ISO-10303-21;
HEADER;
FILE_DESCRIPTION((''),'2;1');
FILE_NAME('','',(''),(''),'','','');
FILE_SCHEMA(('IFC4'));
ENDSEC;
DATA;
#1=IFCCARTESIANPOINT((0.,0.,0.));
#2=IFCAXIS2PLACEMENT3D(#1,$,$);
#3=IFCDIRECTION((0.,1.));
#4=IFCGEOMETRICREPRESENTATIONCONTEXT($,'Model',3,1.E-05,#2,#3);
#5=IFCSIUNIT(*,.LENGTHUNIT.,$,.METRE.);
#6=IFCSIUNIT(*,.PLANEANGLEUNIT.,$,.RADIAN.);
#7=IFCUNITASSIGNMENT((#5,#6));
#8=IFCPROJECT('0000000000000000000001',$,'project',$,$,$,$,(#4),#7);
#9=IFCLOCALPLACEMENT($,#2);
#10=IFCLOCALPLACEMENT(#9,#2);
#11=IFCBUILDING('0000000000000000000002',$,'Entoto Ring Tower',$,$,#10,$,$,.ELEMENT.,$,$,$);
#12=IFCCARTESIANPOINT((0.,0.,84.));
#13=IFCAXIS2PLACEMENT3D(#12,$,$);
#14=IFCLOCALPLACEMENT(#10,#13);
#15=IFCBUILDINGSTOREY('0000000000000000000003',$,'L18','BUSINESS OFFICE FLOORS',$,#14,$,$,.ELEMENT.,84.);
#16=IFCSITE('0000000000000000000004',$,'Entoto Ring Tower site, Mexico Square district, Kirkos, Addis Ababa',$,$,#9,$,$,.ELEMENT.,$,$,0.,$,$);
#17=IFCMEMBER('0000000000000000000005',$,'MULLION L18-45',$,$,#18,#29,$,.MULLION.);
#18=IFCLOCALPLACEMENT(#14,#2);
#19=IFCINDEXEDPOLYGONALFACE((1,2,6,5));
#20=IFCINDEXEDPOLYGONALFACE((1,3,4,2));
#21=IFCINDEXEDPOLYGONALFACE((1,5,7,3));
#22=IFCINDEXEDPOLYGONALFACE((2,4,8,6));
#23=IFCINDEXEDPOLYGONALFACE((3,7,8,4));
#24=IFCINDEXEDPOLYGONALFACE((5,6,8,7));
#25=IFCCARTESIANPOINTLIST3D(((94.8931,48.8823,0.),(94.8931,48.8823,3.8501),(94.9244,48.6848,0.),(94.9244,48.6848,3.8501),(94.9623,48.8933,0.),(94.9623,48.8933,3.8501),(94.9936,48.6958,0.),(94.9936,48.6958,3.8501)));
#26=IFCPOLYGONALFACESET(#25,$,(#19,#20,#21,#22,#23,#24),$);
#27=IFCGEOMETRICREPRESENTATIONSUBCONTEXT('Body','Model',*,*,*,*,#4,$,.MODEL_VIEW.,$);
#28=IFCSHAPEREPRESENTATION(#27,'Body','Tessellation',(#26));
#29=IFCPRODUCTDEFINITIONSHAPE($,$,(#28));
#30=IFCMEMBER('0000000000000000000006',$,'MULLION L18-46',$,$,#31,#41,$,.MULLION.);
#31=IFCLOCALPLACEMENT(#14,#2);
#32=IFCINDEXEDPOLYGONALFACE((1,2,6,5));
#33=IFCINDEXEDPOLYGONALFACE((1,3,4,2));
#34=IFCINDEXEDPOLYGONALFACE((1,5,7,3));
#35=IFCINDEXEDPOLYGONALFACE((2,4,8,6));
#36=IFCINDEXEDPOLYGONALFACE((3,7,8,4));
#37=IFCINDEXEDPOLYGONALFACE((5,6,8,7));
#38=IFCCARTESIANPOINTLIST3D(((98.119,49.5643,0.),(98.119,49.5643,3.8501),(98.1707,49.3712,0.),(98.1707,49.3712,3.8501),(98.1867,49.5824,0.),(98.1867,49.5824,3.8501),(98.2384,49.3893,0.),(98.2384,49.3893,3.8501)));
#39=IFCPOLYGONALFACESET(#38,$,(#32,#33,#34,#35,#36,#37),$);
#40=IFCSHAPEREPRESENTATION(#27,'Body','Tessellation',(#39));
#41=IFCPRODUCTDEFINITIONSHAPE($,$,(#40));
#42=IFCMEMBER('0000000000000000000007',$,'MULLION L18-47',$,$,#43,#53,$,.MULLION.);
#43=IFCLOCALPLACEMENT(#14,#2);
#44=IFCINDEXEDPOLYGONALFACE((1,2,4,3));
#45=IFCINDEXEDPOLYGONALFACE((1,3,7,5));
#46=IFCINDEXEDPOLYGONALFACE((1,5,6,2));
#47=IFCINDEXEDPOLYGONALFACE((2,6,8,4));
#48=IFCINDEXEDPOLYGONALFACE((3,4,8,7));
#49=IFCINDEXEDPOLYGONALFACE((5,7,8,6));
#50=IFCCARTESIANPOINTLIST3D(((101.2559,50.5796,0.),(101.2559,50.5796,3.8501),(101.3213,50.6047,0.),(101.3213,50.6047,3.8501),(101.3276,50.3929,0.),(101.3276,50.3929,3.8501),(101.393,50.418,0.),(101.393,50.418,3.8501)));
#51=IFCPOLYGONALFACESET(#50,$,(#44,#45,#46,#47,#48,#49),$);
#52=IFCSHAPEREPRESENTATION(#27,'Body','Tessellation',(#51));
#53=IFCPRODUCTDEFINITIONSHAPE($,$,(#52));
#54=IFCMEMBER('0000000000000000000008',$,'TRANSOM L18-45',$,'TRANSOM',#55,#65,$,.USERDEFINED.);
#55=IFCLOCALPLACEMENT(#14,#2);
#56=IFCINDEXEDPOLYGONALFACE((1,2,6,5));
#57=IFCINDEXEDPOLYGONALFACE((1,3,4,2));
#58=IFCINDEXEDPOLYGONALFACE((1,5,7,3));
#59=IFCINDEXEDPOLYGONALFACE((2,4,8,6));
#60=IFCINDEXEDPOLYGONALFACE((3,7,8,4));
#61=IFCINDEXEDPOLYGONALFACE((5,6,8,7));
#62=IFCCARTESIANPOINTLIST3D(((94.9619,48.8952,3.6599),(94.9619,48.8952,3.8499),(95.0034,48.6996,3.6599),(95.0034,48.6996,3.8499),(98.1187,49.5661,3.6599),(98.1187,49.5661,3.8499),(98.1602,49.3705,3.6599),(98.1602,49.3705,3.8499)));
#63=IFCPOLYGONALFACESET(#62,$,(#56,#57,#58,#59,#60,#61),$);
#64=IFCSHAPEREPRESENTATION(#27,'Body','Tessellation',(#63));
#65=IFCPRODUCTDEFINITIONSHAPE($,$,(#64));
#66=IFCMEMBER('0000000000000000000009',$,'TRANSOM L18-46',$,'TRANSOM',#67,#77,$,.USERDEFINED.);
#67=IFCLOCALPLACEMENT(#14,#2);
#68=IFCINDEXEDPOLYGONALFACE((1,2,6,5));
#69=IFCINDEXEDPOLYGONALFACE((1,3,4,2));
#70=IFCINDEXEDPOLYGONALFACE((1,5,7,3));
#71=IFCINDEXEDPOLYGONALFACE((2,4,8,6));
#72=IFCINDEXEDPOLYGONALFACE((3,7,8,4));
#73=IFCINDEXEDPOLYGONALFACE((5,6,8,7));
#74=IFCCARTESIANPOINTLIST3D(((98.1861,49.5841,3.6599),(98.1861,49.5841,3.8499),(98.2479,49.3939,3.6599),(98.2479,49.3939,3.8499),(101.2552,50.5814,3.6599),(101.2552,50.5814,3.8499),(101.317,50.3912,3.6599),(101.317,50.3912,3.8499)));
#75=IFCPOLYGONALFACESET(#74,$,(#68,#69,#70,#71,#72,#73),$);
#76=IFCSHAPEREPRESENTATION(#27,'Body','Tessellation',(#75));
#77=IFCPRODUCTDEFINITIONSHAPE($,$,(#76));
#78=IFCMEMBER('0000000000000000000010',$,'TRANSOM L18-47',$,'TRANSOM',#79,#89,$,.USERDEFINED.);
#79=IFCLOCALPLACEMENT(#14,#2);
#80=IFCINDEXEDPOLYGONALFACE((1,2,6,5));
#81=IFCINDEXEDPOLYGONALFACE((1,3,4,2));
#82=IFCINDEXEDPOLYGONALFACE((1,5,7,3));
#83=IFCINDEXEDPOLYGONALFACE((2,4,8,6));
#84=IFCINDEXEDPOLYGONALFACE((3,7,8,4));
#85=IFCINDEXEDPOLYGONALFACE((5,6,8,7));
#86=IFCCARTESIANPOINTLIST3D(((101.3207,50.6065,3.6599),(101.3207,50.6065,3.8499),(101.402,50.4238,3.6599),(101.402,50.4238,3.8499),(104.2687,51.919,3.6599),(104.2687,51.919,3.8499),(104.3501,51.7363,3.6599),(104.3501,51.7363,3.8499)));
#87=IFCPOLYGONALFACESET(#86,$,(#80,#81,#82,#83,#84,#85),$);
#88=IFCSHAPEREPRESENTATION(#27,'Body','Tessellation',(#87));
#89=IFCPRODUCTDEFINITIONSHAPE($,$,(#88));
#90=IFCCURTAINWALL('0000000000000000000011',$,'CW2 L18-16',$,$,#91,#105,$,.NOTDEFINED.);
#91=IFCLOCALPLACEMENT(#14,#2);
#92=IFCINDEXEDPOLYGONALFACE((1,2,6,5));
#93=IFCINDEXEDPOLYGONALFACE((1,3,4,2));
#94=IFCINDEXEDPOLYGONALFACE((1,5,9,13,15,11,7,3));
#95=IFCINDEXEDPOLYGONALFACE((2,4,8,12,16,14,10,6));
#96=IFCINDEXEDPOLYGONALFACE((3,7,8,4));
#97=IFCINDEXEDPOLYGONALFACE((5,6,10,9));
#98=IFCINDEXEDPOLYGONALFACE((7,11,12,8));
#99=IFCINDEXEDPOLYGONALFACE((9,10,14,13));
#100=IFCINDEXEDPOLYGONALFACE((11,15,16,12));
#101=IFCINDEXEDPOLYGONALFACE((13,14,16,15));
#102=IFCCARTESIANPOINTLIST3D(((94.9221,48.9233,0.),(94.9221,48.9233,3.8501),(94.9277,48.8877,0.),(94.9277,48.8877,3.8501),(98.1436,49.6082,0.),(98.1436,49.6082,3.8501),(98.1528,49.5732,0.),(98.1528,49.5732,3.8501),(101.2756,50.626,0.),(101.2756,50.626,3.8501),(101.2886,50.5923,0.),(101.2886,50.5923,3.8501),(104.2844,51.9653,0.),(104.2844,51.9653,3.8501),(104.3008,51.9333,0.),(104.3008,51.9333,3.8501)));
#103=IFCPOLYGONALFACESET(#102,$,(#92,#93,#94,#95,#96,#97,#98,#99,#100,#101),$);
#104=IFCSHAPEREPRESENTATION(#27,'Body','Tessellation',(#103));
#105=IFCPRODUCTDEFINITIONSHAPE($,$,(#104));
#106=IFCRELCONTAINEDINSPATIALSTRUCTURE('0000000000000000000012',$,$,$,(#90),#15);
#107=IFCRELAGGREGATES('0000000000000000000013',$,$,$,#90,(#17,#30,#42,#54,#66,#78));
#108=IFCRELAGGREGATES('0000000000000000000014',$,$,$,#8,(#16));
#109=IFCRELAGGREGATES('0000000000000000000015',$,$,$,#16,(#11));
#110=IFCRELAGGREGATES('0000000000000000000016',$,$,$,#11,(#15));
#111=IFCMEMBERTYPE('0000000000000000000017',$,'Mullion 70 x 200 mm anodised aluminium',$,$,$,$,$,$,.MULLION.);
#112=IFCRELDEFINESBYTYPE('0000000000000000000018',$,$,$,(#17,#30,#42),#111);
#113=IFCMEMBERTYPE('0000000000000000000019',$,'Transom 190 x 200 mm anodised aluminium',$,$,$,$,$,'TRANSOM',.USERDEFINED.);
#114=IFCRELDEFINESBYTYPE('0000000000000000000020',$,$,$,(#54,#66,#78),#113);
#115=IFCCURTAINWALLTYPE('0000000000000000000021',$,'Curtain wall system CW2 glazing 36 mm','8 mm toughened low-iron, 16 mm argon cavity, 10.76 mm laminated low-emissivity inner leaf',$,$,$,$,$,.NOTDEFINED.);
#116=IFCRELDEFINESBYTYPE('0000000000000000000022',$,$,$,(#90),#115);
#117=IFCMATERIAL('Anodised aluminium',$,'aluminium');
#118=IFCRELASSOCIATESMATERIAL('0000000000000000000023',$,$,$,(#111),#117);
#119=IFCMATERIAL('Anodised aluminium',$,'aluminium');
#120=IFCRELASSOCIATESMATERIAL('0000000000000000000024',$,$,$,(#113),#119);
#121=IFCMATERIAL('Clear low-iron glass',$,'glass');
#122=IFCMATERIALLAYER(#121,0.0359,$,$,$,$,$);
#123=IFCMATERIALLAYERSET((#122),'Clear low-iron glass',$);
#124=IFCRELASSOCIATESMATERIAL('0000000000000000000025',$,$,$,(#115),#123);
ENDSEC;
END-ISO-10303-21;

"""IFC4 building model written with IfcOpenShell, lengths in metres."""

from ifc_helpers import new_model, si_unit, direction, frame, origin, origin_2d, place, context, subcontext, project, spatial, polyline, rectangle, outline, extrude, material, layer, layer_set, material_profile, profile_set, type_object, element, aggregate, save


model = new_model("IFC4")

# Units and contexts
model_context = context("Model", 3, precision=1e-05, world=origin(), true_north=direction((0.0, 1.0)))
body_context = subcontext(model_context, "Body", "Model", "MODEL_VIEW")
ifc_project = project(units=[si_unit("LENGTHUNIT", "METRE"), si_unit("PLANEANGLEUNIT", "RADIAN")], contexts=[model_context])

# Members
ifc_material_1 = material(Name="Anodised aluminium", Category="aluminium")
ifc_material_profile_1 = material_profile(ifc_material_1, rectangle(XDim=0.0701, YDim=0.2, at=origin_2d()), Name="Mullion 70 x 200 mm anodised aluminium")
ifc_profile_set_1 = profile_set([ifc_material_profile_1], Name="Anodised aluminium")
member_type_1 = type_object("IfcMemberType", Name="Mullion 70 x 200 mm anodised aluminium", PredefinedType="MULLION", material=ifc_profile_set_1)
site_placement = place(None, origin())
building_placement = place(site_placement, origin())
storey_placement = place(building_placement, frame((0.0, 0.0, 84.0)))
member_1_placement = place(storey_placement, frame((94.9434, 48.7891, 0.0), z_axis=(0.0, 0.0, 1.0), x_axis=(0.987688, 0.156434, 0.0)))
member_1 = element("IfcMember", 1, at=member_1_placement, type_object=member_type_1, Name="MULLION L18-45", PredefinedType="MULLION", context=body_context, shape_type="SweptSolid", body=[
    extrude(rectangle(XDim=0.0701, YDim=0.2, at=origin_2d()), origin(), (0.0, 0.0, 1.0), 3.8501),
])
member_2_placement = place(storey_placement, frame((98.1787, 49.4768, 0.0), z_axis=(0.0, 0.0, 1.0), x_axis=(0.965926, 0.258819, 0.0)))
member_2 = element("IfcMember", 2, at=member_2_placement, type_object=member_type_1, Name="MULLION L18-46", PredefinedType="MULLION", context=body_context, shape_type="SweptSolid", body=[
    extrude(rectangle(XDim=0.0701, YDim=0.2, at=origin_2d()), origin(), (0.0, 0.0, 1.0), 3.8501),
])
member_3_placement = place(storey_placement, frame((101.3245, 50.4988, 0.0), z_axis=(0.0, 0.0, 1.0), x_axis=(0.93358, 0.358368, 0.0)))
member_3 = element("IfcMember", 3, at=member_3_placement, type_object=member_type_1, Name="MULLION L18-47", PredefinedType="MULLION", context=body_context, shape_type="SweptSolid", body=[
    extrude(rectangle(XDim=0.0701, YDim=0.2, at=origin_2d()), origin(), (0.0, 0.0, 1.0), 3.8501),
])
ifc_material_2 = material(Name="Anodised aluminium", Category="aluminium")
ifc_material_profile_2 = material_profile(ifc_material_2, rectangle(XDim=0.2, YDim=0.1899, at=origin_2d()), Name="Transom 190 x 200 mm anodised aluminium")
ifc_profile_set_2 = profile_set([ifc_material_profile_2], Name="Anodised aluminium")
member_type_2 = type_object("IfcMemberType", Name="Transom 190 x 200 mm anodised aluminium", ElementType="TRANSOM", PredefinedType="USERDEFINED", material=ifc_profile_set_2)
member_4_placement = place(storey_placement, frame((94.9827, 48.7974, 3.7549), z_axis=(0.978153, 0.207886, 0.0), x_axis=(-0.207886, 0.978153, 0.0)))
member_4 = element("IfcMember", 4, at=member_4_placement, type_object=member_type_2, Name="TRANSOM L18-45", ObjectType="TRANSOM", PredefinedType="USERDEFINED", context=body_context, shape_type="SweptSolid", body=[
    extrude(rectangle(XDim=0.2, YDim=0.1899, at=origin_2d()), origin(), (0.0, 0.0, 1.0), 3.2273),
])
member_5_placement = place(storey_placement, frame((98.217, 49.489, 3.7549), z_axis=(0.951047, 0.309047, 0.0), x_axis=(-0.309047, 0.951047, 0.0)))
member_5 = element("IfcMember", 5, at=member_5_placement, type_object=member_type_2, Name="TRANSOM L18-46", ObjectType="TRANSOM", PredefinedType="USERDEFINED", context=body_context, shape_type="SweptSolid", body=[
    extrude(rectangle(XDim=0.2, YDim=0.1899, at=origin_2d()), origin(), (0.0, 0.0, 1.0), 3.2271),
])
member_6_placement = place(storey_placement, frame((101.3613, 50.5151, 3.7549), z_axis=(0.913549, 0.406728, 0.0), x_axis=(-0.406728, 0.913549, 0.0)))
member_6 = element("IfcMember", 6, at=member_6_placement, type_object=member_type_2, Name="TRANSOM L18-47", ObjectType="TRANSOM", PredefinedType="USERDEFINED", context=body_context, shape_type="SweptSolid", body=[
    extrude(rectangle(XDim=0.2, YDim=0.1899, at=origin_2d()), origin(), (0.0, 0.0, 1.0), 3.2271),
])

# Site, building, storey
site = spatial("IfcSite", under=ifc_project, at=site_placement, Name="Entoto Ring Tower site, Mexico Square district, Kirkos, Addis Ababa", CompositionType="ELEMENT", RefElevation=0.0)
building = spatial("IfcBuilding", under=site, at=building_placement, Name="Entoto Ring Tower", CompositionType="ELEMENT")
storey = spatial("IfcBuildingStorey", under=building, at=storey_placement, Name="L18", Description="BUSINESS OFFICE FLOORS", CompositionType="ELEMENT", Elevation=84.0)

# Curtain wall
ifc_material_3 = material(Name="Clear low-iron glass", Category="glass")
ifc_layer = layer(ifc_material_3, 0.0359)
ifc_layer_set = layer_set([ifc_layer], Name="Clear low-iron glass")
curtain_wall_type = type_object("IfcCurtainWallType", Name="Curtain wall system CW2 glazing 36 mm", Description="8 mm toughened low-iron, 16 mm argon cavity, 10.76 mm laminated low-emissivity inner leaf", PredefinedType="NOTDEFINED", material=ifc_layer_set)
curtain_wall_1_placement = place(storey_placement, origin())
curtain_wall_1 = element("IfcCurtainWall", 7, at=curtain_wall_1_placement, inside=storey, type_object=curtain_wall_type, Name="CW2 L18-16", PredefinedType="NOTDEFINED", context=body_context, shape_type="SweptSolid", body=[
    extrude(outline(polyline([(94.9277, 48.8877), (98.1528, 49.5732), (101.2886, 50.5923), (104.3008, 51.9333), (104.2844, 51.9653), (101.2756, 50.626), (98.1436, 49.6082), (94.9221, 48.9233), (94.9277, 48.8877)])), origin(), (0.0, 0.0, 1.0), 3.8501),
])
aggregate(curtain_wall_1, [member_1, member_2, member_3, member_4, member_5, member_6])

save(model, "model.ifc")
